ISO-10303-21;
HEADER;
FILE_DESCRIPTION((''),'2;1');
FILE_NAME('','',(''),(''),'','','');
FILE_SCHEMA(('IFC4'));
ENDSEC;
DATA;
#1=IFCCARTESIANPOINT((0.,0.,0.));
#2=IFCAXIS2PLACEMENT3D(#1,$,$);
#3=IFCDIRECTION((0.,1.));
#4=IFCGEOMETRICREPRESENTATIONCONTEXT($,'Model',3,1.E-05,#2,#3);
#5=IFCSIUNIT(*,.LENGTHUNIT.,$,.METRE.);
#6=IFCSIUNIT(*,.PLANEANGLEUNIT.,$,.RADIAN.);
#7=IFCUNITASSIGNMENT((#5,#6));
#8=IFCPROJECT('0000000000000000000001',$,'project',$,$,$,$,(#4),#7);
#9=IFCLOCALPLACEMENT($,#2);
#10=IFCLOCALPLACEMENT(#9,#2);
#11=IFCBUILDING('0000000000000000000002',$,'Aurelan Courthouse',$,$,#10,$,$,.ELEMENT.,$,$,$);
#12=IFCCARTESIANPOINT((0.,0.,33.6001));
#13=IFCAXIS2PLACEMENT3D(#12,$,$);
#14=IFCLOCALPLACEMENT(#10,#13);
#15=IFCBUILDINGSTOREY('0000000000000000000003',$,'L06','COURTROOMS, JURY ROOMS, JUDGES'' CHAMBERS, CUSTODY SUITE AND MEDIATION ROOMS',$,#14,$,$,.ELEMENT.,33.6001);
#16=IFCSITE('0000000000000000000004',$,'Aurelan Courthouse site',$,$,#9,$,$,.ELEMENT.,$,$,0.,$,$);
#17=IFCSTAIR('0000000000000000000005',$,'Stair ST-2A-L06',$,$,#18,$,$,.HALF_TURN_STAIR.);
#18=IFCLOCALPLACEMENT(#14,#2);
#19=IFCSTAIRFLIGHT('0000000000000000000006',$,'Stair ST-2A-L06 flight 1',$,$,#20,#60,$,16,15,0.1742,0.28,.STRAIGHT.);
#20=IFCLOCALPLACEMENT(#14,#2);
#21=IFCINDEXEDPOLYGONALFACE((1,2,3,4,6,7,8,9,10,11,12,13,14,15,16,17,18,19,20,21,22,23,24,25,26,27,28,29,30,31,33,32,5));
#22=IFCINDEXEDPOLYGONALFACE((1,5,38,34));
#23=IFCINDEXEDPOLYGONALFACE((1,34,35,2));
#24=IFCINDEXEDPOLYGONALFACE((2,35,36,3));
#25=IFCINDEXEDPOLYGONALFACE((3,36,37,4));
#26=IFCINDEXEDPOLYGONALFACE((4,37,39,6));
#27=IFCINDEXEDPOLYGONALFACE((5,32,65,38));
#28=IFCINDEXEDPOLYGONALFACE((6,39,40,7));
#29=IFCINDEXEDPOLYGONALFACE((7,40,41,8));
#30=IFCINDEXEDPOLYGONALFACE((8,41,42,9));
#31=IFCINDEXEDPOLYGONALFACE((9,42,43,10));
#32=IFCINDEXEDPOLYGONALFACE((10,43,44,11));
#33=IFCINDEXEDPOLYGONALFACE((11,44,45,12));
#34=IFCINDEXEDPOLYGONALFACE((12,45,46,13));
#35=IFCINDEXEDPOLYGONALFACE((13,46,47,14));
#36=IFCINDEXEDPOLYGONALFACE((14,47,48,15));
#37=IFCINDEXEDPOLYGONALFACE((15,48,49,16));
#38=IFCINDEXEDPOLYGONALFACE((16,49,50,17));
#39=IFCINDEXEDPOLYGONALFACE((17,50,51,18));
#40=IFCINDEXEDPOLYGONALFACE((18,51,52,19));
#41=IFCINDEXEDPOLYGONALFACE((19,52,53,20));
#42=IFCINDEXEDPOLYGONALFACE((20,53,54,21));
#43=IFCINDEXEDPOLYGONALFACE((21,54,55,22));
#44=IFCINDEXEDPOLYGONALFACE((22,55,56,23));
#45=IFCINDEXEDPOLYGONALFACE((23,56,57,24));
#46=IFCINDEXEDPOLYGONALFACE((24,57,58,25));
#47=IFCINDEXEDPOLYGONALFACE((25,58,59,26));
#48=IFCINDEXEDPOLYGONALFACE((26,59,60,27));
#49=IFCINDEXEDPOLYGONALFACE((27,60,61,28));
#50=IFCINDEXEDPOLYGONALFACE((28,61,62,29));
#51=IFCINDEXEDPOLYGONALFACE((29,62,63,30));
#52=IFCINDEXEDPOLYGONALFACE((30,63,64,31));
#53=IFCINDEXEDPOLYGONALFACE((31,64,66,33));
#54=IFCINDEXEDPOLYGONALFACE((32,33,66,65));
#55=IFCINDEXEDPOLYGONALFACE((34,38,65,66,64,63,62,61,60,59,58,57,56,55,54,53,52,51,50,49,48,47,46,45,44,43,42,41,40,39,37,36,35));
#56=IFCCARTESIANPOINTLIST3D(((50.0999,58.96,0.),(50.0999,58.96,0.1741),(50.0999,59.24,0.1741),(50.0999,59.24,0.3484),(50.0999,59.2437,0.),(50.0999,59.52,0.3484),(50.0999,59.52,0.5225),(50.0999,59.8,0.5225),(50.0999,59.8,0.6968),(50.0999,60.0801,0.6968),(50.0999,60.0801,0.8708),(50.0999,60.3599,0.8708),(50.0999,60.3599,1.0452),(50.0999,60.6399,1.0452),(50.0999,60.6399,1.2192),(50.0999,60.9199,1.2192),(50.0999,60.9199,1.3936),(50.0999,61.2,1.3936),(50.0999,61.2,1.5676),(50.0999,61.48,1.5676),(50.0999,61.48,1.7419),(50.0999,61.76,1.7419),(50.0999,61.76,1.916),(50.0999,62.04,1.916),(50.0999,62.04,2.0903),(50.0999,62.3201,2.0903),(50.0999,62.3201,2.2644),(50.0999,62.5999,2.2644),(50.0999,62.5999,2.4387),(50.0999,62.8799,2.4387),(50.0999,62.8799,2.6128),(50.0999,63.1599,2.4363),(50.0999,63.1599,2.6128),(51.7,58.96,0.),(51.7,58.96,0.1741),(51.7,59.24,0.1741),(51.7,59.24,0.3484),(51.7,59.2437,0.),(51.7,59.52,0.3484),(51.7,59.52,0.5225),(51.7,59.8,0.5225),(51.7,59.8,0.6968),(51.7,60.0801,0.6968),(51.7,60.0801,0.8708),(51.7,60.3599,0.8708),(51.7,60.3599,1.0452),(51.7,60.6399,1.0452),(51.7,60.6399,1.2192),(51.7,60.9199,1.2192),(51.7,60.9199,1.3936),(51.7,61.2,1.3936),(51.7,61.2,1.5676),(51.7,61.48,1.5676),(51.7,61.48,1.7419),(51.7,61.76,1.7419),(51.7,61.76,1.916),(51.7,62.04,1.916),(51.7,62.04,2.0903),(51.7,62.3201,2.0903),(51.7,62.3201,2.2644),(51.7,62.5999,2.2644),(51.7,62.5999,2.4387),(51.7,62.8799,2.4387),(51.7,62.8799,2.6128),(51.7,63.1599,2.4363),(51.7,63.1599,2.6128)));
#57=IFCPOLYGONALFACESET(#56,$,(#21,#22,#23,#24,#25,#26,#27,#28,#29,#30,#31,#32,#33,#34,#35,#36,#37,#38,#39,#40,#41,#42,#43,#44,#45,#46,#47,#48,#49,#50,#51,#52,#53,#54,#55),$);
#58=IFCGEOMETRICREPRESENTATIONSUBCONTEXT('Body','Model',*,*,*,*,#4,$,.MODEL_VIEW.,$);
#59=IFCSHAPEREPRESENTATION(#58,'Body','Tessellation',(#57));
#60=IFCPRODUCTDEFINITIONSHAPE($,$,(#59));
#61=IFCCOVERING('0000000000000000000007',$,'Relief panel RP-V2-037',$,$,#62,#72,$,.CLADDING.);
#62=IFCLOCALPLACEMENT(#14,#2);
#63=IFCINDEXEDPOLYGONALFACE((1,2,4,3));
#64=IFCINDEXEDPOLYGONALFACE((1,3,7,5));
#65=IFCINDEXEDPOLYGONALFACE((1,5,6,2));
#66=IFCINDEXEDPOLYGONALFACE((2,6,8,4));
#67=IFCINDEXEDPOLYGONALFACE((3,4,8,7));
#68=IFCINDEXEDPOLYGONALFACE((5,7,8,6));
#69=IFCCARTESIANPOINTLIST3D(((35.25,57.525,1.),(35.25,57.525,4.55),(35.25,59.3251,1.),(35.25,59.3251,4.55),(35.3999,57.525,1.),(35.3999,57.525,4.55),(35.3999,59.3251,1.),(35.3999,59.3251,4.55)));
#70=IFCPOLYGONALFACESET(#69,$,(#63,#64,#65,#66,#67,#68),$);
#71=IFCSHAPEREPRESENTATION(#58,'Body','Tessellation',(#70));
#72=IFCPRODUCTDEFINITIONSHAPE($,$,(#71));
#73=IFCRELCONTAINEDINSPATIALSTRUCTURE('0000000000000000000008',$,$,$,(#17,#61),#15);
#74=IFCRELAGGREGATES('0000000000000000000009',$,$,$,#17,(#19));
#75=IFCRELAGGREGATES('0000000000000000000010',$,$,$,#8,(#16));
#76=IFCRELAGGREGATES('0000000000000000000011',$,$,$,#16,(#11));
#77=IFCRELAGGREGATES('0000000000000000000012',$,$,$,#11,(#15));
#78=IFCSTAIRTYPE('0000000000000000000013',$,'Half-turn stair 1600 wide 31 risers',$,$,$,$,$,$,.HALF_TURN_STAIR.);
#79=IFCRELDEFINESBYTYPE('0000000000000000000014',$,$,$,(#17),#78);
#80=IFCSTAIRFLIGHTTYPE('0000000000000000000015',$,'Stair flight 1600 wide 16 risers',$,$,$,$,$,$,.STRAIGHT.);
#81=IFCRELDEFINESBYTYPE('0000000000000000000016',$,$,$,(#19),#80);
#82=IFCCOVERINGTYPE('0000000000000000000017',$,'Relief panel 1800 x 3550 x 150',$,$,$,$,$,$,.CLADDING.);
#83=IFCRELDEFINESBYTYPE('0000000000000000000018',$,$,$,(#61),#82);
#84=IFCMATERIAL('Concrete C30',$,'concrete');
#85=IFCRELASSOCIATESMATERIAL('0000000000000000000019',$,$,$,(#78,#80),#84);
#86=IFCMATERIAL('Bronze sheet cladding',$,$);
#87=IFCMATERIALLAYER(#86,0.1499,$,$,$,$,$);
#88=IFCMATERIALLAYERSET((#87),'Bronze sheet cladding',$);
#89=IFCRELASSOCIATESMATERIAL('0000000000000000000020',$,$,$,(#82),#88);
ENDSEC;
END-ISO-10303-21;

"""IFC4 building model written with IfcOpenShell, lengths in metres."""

from ifc_helpers import new_model, si_unit, direction, frame, origin, origin_2d, place, context, subcontext, project, spatial, polyline, rectangle, outline, extrude, material, layer, layer_set, type_object, element, aggregate, save


model = new_model("IFC4")

# Units and contexts
model_context = context("Model", 3, precision=1e-05, world=origin(), true_north=direction((0.0, 1.0)))
body_context = subcontext(model_context, "Body", "Model", "MODEL_VIEW")
ifc_project = project(units=[si_unit("LENGTHUNIT", "METRE"), si_unit("PLANEANGLEUNIT", "RADIAN")], contexts=[model_context])

# Site, building, storey
site_placement = place(None, origin())
site = spatial("IfcSite", under=ifc_project, at=site_placement, Name="Aurelan Courthouse site", CompositionType="ELEMENT", RefElevation=0.0)
building_placement = place(site_placement, origin())
building = spatial("IfcBuilding", under=site, at=building_placement, Name="Aurelan Courthouse", CompositionType="ELEMENT")
storey_placement = place(building_placement, frame((0.0, 0.0, 33.6001)))
storey = spatial("IfcBuildingStorey", under=building, at=storey_placement, Name="L06", Description="COURTROOMS, JURY ROOMS, JUDGES' CHAMBERS, CUSTODY SUITE AND MEDIATION ROOMS", CompositionType="ELEMENT", Elevation=33.6001)

# Shared definitions
ifc_material_1 = material(Name="Concrete C30", Category="concrete")

# Stair, stair flight
stair_type = type_object("IfcStairType", Name="Half-turn stair 1600 wide 31 risers", PredefinedType="HALF_TURN_STAIR", material=ifc_material_1)
stair_placement = place(storey_placement, origin())
stair = element("IfcStair", 1, at=stair_placement, inside=storey, type_object=stair_type, Name="Stair ST-2A-L06", PredefinedType="HALF_TURN_STAIR")
stair_flight_type = type_object("IfcStairFlightType", Name="Stair flight 1600 wide 16 risers", PredefinedType="STRAIGHT", material=ifc_material_1)
stair_flight_placement = place(storey_placement, frame((50.8999, 58.96, 0.0), z_axis=(0.0, 0.0, 1.0), x_axis=(0.0, 1.0, 0.0)))
stair_flight = element("IfcStairFlight", 2, at=stair_flight_placement, type_object=stair_flight_type, Name="Stair ST-2A-L06 flight 1", NumberOfRisers=16, NumberOfTreads=15, PredefinedType="STRAIGHT", RiserHeight=0.1742, TreadLength=0.28, context=body_context, shape_type="SweptSolid", body=[
    extrude(outline(polyline([(0.0, 0.0), (0.0, 0.1741), (0.28, 0.1741), (0.28, 0.3484), (0.5601, 0.3484), (0.5601, 0.5225), (0.8401, 0.5225), (0.8401, 0.6968), (1.1201, 0.6968), (1.1201, 0.8708), (1.3999, 0.8708), (1.3999, 1.0452), (1.6799, 1.0452), (1.6799, 1.2192), (1.96, 1.2192), (1.96, 1.3936), (2.24, 1.3936), (2.24, 1.5676), (2.52, 1.5676), (2.52, 1.7419), (2.8, 1.7419), (2.8, 1.916), (3.0801, 1.916), (3.0801, 2.0903), (3.3601, 2.0903), (3.3601, 2.2644), (3.6399, 2.2644), (3.6399, 2.4387), (3.9199, 2.4387), (3.9199, 2.6128), (4.2, 2.6128), (4.2, 2.7871), (4.2, 2.4363), (0.2837, 0.0), (0.0, 0.0)])), frame((0.0, 0.8, 0.0), z_axis=(0.0, -1.0, 0.0), x_axis=(1.0, 0.0, 0.0)), (0.0, 0.0, 1.0), 1.6001),
])
aggregate(stair, [stair_flight])

# Covering
ifc_material_2 = material(Name="Bronze sheet cladding")
ifc_layer_1 = layer(ifc_material_2, 0.1499)
ifc_layer_set_1 = layer_set([ifc_layer_1], Name="Bronze sheet cladding")
covering_type = type_object("IfcCoveringType", Name="Relief panel 1800 x 3550 x 150", PredefinedType="CLADDING", material=ifc_layer_set_1)
covering_placement = place(storey_placement, frame((35.325, 58.425, 1.0), z_axis=(0.0, 0.0, 1.0), x_axis=(1.0, 0.0, 0.0)))
element("IfcCovering", 3, at=covering_placement, inside=storey, type_object=covering_type, Name="Relief panel RP-V2-037", PredefinedType="CLADDING", context=body_context, shape_type="SweptSolid", body=[
    extrude(rectangle(XDim=0.1499, YDim=1.8, at=origin_2d()), origin(), (0.0, 0.0, 1.0), 3.55),
])

save(model, "model.ifc")
